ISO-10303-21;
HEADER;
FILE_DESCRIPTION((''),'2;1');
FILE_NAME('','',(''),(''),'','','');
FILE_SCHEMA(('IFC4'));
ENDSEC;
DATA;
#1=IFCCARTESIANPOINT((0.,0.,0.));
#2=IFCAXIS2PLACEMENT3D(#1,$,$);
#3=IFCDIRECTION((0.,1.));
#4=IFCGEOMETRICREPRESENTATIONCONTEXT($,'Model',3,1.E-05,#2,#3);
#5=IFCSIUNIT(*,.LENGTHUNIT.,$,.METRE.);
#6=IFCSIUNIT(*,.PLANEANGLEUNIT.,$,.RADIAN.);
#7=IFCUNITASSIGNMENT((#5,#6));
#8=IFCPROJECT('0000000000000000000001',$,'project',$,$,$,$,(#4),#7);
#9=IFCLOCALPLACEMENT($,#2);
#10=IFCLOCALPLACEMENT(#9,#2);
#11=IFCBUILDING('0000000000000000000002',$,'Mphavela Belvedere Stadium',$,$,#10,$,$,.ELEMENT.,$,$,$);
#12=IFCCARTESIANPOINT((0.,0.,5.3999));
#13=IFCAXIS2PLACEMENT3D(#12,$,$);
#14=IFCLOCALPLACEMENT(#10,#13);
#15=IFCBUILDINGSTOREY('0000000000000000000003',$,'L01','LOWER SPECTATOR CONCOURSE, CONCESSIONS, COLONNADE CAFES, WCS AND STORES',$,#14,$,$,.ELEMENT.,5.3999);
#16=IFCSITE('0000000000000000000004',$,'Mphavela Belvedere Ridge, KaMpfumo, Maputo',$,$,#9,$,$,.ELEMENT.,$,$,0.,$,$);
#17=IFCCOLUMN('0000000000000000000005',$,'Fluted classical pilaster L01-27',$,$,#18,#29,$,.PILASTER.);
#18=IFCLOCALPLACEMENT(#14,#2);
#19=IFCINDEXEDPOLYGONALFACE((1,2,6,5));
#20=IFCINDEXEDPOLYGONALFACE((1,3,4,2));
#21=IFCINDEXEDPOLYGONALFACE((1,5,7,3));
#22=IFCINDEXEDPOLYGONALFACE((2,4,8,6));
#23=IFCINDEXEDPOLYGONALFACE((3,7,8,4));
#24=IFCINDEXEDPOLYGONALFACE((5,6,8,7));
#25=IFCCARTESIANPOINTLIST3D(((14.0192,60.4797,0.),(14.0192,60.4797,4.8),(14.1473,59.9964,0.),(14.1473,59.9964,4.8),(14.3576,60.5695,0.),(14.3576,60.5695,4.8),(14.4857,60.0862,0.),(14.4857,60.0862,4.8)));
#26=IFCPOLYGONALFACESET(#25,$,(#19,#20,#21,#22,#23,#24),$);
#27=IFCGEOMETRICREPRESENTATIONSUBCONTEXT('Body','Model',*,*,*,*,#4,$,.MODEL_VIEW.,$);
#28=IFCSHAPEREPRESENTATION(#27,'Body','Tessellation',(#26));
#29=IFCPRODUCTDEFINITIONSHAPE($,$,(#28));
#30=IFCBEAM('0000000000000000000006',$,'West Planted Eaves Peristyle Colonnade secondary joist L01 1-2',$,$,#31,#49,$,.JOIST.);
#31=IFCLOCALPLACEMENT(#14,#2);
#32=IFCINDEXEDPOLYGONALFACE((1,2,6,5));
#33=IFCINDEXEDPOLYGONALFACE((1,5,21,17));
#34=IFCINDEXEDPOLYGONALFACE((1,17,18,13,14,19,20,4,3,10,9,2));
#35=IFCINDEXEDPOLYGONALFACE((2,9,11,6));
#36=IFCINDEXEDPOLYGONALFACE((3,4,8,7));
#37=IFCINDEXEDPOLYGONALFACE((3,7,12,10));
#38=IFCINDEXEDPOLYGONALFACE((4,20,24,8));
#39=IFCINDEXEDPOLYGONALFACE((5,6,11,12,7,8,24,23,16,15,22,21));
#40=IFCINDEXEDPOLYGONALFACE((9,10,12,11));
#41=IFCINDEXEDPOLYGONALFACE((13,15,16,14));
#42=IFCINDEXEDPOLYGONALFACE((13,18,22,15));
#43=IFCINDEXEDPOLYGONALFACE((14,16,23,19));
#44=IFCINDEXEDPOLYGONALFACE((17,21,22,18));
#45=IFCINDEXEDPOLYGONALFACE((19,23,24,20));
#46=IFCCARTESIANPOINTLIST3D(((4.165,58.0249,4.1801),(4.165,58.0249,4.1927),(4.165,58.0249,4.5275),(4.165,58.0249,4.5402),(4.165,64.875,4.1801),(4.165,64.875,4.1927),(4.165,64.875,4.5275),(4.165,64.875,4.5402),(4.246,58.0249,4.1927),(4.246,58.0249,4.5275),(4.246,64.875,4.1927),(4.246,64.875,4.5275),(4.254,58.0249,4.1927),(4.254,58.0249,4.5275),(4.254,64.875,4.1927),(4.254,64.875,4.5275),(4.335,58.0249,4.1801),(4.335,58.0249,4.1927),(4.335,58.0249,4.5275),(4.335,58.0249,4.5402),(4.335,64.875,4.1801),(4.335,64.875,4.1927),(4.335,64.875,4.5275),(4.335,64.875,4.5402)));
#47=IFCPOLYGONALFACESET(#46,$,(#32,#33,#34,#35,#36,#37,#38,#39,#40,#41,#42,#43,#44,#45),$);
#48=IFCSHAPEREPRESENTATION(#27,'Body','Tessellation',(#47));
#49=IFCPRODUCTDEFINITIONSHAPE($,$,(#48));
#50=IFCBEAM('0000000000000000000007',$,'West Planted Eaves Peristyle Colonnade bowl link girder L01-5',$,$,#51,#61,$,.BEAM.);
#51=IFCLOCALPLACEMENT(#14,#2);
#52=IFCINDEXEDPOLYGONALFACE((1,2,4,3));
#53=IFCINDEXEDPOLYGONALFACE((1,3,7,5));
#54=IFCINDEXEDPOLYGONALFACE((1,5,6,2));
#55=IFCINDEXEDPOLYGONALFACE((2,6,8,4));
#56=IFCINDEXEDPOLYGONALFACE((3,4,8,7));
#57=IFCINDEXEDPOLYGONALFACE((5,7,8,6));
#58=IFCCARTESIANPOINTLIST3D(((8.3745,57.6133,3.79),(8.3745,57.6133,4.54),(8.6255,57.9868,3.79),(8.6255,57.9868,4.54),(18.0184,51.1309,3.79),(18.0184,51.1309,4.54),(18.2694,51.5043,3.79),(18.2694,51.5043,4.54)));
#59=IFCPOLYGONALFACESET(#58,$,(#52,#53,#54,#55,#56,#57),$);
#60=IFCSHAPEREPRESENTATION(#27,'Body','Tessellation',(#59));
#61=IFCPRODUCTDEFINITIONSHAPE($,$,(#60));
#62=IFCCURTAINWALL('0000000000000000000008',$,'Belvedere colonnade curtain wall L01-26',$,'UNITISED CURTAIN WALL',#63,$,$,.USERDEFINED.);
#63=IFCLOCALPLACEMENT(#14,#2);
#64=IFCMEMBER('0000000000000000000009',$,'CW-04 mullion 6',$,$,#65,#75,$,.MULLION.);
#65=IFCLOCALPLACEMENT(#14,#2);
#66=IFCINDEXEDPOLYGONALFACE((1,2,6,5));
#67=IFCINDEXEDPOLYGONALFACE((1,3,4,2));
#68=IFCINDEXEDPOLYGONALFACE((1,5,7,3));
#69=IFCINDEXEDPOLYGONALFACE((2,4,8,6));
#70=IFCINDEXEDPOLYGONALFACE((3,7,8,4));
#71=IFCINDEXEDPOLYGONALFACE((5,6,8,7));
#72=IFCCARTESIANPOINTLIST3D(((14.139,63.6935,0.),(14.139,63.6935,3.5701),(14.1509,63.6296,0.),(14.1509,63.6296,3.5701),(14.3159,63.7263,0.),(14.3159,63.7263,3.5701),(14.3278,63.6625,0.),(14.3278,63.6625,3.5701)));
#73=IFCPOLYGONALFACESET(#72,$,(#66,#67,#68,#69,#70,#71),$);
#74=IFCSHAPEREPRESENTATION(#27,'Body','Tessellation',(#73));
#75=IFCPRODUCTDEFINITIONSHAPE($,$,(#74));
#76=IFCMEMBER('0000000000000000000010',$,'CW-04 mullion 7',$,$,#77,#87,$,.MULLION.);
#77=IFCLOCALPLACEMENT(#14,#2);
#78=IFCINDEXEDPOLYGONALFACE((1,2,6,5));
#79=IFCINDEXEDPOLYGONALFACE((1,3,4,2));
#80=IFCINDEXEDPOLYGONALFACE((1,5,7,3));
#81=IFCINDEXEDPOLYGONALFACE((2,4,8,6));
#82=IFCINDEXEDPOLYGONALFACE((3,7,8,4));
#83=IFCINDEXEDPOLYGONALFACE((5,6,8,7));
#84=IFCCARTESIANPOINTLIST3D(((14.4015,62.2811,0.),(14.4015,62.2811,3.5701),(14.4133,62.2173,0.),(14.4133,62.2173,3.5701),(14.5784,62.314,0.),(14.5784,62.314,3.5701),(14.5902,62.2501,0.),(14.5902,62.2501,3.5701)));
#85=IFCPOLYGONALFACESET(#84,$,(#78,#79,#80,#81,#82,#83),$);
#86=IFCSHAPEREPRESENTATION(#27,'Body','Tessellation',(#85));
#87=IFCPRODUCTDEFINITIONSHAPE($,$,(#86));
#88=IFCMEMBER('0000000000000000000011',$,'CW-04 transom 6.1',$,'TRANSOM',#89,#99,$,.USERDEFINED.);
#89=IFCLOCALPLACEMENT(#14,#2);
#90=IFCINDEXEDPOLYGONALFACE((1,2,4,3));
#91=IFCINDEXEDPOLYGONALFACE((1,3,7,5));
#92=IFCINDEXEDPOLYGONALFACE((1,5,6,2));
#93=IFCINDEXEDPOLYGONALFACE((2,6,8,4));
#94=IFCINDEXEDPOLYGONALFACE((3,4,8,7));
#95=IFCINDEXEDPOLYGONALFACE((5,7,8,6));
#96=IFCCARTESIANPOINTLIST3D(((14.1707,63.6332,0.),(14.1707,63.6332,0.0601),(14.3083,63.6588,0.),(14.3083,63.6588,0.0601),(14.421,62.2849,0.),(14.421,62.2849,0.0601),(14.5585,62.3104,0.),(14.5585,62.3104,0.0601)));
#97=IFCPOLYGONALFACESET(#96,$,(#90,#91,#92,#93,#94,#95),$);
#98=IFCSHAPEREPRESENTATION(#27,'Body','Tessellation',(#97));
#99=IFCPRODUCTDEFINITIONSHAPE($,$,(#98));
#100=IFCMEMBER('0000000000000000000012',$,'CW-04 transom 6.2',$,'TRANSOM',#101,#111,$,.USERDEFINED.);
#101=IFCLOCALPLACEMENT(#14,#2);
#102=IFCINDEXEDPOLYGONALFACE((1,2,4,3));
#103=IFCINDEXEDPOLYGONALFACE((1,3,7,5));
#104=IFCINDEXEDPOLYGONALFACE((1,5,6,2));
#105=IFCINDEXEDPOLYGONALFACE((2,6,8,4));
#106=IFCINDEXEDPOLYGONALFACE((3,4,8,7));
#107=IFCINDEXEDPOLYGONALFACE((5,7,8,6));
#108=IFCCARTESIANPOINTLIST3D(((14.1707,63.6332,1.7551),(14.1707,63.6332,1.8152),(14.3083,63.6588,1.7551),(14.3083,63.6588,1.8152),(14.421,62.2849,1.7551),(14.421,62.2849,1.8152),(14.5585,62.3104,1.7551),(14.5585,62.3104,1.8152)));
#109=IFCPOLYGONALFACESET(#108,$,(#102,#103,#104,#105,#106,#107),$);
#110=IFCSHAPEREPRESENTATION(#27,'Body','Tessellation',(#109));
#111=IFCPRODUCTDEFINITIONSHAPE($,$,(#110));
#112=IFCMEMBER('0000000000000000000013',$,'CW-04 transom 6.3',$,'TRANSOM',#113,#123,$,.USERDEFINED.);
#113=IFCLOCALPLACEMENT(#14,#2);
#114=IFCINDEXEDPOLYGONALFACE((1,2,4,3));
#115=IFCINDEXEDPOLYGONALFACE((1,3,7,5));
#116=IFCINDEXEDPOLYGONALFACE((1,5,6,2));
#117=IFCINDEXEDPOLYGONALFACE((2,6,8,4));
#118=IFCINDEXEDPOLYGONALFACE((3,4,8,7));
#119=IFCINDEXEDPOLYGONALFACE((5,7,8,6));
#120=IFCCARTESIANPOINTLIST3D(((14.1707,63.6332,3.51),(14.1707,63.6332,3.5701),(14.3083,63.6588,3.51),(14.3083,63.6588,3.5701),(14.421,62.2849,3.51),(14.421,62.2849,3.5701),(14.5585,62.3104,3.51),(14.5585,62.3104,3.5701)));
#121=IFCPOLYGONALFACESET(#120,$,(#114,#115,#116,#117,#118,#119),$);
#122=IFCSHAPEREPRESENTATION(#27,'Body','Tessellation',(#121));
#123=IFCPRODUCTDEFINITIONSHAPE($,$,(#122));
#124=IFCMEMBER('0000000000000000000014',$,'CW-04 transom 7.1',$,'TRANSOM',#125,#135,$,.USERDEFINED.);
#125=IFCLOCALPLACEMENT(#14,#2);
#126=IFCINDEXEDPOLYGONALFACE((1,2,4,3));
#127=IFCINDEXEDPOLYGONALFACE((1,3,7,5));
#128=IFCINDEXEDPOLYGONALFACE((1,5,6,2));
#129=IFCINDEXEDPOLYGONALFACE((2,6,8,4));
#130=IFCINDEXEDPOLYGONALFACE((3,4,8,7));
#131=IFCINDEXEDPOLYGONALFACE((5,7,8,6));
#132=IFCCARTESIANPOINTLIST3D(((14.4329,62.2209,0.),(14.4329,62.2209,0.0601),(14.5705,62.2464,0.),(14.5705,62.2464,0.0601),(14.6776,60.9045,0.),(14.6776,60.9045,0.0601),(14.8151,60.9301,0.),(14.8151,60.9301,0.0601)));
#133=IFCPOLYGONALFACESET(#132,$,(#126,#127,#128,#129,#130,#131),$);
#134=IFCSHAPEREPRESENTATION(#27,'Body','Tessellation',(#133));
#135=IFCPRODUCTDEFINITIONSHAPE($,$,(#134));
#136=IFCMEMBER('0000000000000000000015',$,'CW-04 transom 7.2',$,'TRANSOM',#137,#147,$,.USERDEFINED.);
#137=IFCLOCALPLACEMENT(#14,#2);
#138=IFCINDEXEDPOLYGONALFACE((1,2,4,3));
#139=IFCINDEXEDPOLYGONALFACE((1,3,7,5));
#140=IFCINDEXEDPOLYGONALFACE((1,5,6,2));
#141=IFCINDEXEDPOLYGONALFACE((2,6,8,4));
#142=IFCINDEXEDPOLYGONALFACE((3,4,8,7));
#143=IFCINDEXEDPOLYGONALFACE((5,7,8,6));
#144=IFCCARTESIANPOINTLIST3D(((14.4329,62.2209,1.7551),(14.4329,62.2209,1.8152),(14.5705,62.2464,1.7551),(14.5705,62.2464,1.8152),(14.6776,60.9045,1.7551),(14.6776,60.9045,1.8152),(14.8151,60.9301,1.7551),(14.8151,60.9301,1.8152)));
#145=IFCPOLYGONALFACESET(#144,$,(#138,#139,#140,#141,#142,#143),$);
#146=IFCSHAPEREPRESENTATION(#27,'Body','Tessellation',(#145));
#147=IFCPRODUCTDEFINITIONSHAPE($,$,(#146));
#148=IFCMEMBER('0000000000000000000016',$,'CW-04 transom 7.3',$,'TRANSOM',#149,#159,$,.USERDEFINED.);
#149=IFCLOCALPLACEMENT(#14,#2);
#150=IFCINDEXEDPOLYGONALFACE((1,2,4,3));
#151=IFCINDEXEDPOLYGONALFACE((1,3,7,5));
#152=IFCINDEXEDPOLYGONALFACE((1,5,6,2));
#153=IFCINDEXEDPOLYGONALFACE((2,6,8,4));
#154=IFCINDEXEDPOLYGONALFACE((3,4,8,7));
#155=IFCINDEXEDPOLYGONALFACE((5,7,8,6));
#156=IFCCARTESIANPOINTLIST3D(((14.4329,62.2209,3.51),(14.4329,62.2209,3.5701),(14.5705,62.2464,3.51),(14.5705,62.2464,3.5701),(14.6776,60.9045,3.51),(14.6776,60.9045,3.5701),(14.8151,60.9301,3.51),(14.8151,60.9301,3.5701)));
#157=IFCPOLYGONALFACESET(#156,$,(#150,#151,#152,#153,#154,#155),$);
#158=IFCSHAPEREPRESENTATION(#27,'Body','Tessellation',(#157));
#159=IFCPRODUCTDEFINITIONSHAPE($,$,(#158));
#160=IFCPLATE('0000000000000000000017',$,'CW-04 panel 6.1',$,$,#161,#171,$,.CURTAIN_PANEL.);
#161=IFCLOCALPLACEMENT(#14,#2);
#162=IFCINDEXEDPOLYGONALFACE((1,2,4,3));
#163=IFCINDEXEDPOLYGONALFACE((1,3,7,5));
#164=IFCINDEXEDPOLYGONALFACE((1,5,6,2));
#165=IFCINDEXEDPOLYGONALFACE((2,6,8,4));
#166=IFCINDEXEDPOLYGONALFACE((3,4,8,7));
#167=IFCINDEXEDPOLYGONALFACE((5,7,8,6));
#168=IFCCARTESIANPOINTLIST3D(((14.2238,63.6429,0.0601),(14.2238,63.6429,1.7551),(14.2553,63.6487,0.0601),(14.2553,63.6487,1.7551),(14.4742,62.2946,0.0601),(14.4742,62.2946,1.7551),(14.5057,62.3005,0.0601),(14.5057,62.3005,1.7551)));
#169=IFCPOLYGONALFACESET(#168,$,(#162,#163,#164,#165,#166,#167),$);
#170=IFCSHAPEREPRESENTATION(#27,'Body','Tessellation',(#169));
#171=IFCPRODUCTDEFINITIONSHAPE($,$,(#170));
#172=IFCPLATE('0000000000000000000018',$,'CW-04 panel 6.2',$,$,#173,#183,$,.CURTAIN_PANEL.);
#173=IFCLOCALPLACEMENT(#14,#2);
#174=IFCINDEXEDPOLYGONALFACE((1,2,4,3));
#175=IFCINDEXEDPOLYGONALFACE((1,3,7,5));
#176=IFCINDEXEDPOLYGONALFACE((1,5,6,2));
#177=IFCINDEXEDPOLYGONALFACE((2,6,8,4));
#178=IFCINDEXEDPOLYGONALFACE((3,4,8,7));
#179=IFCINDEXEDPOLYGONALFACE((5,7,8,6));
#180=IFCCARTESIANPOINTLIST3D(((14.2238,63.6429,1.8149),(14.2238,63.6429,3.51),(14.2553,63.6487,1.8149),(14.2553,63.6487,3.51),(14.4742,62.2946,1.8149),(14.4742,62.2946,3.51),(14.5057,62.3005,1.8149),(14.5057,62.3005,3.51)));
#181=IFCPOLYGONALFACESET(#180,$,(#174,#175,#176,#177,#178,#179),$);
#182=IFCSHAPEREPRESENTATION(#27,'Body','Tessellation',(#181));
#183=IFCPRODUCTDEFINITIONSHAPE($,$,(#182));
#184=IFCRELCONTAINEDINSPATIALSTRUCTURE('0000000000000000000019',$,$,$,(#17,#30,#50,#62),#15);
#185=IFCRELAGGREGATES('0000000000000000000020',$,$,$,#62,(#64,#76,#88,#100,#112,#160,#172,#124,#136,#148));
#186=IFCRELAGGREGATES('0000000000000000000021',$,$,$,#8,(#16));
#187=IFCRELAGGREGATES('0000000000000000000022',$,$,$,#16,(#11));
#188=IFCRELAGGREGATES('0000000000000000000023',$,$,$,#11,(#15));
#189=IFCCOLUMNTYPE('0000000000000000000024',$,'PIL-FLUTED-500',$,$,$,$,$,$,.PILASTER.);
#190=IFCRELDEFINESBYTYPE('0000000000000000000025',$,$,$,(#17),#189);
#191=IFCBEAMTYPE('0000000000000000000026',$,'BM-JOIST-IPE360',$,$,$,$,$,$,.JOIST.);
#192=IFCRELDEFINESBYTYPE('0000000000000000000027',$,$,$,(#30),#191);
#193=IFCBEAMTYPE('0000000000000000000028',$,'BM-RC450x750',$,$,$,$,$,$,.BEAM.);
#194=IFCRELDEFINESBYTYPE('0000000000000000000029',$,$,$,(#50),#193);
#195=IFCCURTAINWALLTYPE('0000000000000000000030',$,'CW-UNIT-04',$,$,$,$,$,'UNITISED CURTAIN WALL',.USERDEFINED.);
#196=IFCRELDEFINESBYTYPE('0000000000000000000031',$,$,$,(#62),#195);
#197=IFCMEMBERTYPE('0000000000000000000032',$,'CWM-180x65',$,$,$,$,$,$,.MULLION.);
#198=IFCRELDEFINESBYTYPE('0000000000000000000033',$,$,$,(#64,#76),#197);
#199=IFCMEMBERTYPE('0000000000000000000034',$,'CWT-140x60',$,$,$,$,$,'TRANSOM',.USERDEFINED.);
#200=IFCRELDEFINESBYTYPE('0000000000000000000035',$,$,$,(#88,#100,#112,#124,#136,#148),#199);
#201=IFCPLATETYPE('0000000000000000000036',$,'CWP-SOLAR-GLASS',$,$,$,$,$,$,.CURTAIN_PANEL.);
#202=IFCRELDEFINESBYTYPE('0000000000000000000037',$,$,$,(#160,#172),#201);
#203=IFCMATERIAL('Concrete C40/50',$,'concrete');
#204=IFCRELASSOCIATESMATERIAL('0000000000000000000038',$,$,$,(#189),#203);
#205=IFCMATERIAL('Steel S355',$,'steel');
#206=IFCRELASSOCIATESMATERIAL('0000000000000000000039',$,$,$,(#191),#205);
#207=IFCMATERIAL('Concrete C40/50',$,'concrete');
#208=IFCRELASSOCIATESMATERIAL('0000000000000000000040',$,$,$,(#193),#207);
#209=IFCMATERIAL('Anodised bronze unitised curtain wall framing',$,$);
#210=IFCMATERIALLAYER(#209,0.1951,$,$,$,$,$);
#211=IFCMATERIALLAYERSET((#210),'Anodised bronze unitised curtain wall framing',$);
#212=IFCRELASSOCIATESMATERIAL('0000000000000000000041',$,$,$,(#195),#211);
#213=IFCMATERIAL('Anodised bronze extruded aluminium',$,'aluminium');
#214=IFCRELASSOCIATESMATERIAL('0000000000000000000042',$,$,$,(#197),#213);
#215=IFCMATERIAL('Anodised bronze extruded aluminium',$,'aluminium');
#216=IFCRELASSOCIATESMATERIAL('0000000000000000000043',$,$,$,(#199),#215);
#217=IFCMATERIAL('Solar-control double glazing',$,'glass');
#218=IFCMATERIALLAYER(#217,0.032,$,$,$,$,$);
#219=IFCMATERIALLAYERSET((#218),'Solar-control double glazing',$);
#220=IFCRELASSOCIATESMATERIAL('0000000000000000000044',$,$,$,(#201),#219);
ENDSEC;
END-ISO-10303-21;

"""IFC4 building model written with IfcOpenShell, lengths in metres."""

from ifc_helpers import new_model, si_unit, direction, frame, origin, origin_2d, place, context, subcontext, project, spatial, rectangle, i_section, extrude, material, layer, layer_set, material_profile, profile_set, type_object, element, aggregate, save


model = new_model("IFC4")

# Units and contexts
model_context = context("Model", 3, precision=1e-05, world=origin(), true_north=direction((0.0, 1.0)))
body_context = subcontext(model_context, "Body", "Model", "MODEL_VIEW")
ifc_project = project(units=[si_unit("LENGTHUNIT", "METRE"), si_unit("PLANEANGLEUNIT", "RADIAN")], contexts=[model_context])

# Site, building, storey
site_placement = place(None, origin())
site = spatial("IfcSite", under=ifc_project, at=site_placement, Name="Mphavela Belvedere Ridge, KaMpfumo, Maputo", CompositionType="ELEMENT", RefElevation=0.0)
building_placement = place(site_placement, origin())
building = spatial("IfcBuilding", under=site, at=building_placement, Name="Mphavela Belvedere Stadium", CompositionType="ELEMENT")
storey_placement = place(building_placement, frame((0.0, 0.0, 5.3999)))
storey = spatial("IfcBuildingStorey", under=building, at=storey_placement, Name="L01", Description="LOWER SPECTATOR CONCOURSE, CONCESSIONS, COLONNADE CAFES, WCS AND STORES", CompositionType="ELEMENT", Elevation=5.3999)

# Column
ifc_material_1 = material(Name="Concrete C40/50", Category="concrete")
ifc_material_profile_1 = material_profile(ifc_material_1, rectangle(XDim=0.5, YDim=0.3501, at=origin_2d()), Name="PIL 500x350")
ifc_profile_set_1 = profile_set([ifc_material_profile_1], Name="Concrete C40/50")
column_type = type_object("IfcColumnType", Name="PIL-FLUTED-500", PredefinedType="PILASTER", material=ifc_profile_set_1)
column_placement = place(storey_placement, frame((14.2524, 60.283, 0.0), z_axis=(0.0, 0.0, 1.0), x_axis=(0.256289, -0.9666, 0.0)))
element("IfcColumn", 1, at=column_placement, inside=storey, type_object=column_type, Name="Fluted classical pilaster L01-27", PredefinedType="PILASTER", context=body_context, shape_type="SweptSolid", body=[
    extrude(rectangle(XDim=0.5, YDim=0.3501, at=origin_2d()), origin(), (0.0, 0.0, 1.0), 4.8),
])

# Beams
ifc_material_2 = material(Name="Steel S355", Category="steel")
ifc_material_profile_2 = material_profile(ifc_material_2, i_section(OverallWidth=0.1699, OverallDepth=0.3601, WebThickness=0.0081, FlangeThickness=0.0127, at=origin_2d()), Name="IPE 360")
ifc_profile_set_2 = profile_set([ifc_material_profile_2], Name="Steel S355")
beam_type_1 = type_object("IfcBeamType", Name="BM-JOIST-IPE360", PredefinedType="JOIST", material=ifc_profile_set_2)
beam_1_placement = place(storey_placement, frame((4.25, 58.0249, 4.3601), z_axis=(0.0, 1.0, 0.0), x_axis=(-1.0, 0.0, 0.0)))
element("IfcBeam", 2, at=beam_1_placement, inside=storey, type_object=beam_type_1, Name="West Planted Eaves Peristyle Colonnade secondary joist L01 1-2", PredefinedType="JOIST", context=body_context, shape_type="SweptSolid", body=[
    extrude(i_section(OverallWidth=0.1699, OverallDepth=0.3601, WebThickness=0.0081, FlangeThickness=0.0127, at=origin_2d()), origin(), (0.0, 0.0, 1.0), 6.8501),
])
ifc_material_3 = material(Name="Concrete C40/50", Category="concrete")
ifc_material_profile_3 = material_profile(ifc_material_3, rectangle(XDim=0.45, YDim=0.75, at=origin_2d()), Name="RC 450x750")
ifc_profile_set_3 = profile_set([ifc_material_profile_3], Name="Concrete C40/50")
beam_type_2 = type_object("IfcBeamType", Name="BM-RC450x750", PredefinedType="BEAM", material=ifc_profile_set_3)
beam_2_placement = place(storey_placement, frame((8.5, 57.8, 4.165), z_axis=(0.82993, -0.557867, 0.0), x_axis=(0.557867, 0.82993, 0.0)))
element("IfcBeam", 3, at=beam_2_placement, inside=storey, type_object=beam_type_2, Name="West Planted Eaves Peristyle Colonnade bowl link girder L01-5", PredefinedType="BEAM", context=body_context, shape_type="SweptSolid", body=[
    extrude(rectangle(XDim=0.45, YDim=0.75, at=origin_2d()), origin(), (0.0, 0.0, 1.0), 11.6201),
])

# Curtain wall, members, plates
ifc_material_4 = material(Name="Anodised bronze unitised curtain wall framing")
ifc_layer_1 = layer(ifc_material_4, 0.1951)
ifc_layer_set_1 = layer_set([ifc_layer_1], Name="Anodised bronze unitised curtain wall framing")
curtain_wall_type = type_object("IfcCurtainWallType", Name="CW-UNIT-04", ElementType="UNITISED CURTAIN WALL", PredefinedType="USERDEFINED", material=ifc_layer_set_1)
curtain_wall_placement = place(storey_placement, origin())
curtain_wall = element("IfcCurtainWall", 4, at=curtain_wall_placement, inside=storey, type_object=curtain_wall_type, Name="Belvedere colonnade curtain wall L01-26", ObjectType="UNITISED CURTAIN WALL", PredefinedType="USERDEFINED")
ifc_material_5 = material(Name="Anodised bronze extruded aluminium", Category="aluminium")
ifc_material_profile_4 = material_profile(ifc_material_5, rectangle(XDim=0.1799, YDim=0.0649, at=origin_2d()), Name="CW-MUL 180x65")
ifc_profile_set_4 = profile_set([ifc_material_profile_4], Name="Anodised bronze extruded aluminium")
member_type_1 = type_object("IfcMemberType", Name="CWM-180x65", PredefinedType="MULLION", material=ifc_profile_set_4)
member_1_placement = place(storey_placement, frame((14.2334, 63.678, 0.0), z_axis=(0.0, 0.0, 1.0), x_axis=(0.983184, 0.18262, 0.0)))
member_1 = element("IfcMember", 5, at=member_1_placement, type_object=member_type_1, Name="CW-04 mullion 6", PredefinedType="MULLION", context=body_context, shape_type="SweptSolid", body=[
    extrude(rectangle(XDim=0.1799, YDim=0.0649, at=origin_2d()), origin(), (0.0, 0.0, 1.0), 3.5701),
])
member_2_placement = place(storey_placement, frame((14.4958, 62.2656, 0.0), z_axis=(0.0, 0.0, 1.0), x_axis=(0.983184, 0.18262, 0.0)))
member_2 = element("IfcMember", 6, at=member_2_placement, type_object=member_type_1, Name="CW-04 mullion 7", PredefinedType="MULLION", context=body_context, shape_type="SweptSolid", body=[
    extrude(rectangle(XDim=0.1799, YDim=0.0649, at=origin_2d()), origin(), (0.0, 0.0, 1.0), 3.5701),
])
ifc_material_6 = material(Name="Anodised bronze extruded aluminium", Category="aluminium")
ifc_material_profile_5 = material_profile(ifc_material_6, rectangle(XDim=0.1399, YDim=0.0601, at=origin_2d()), Name="CW-TRN 140x60")
ifc_profile_set_5 = profile_set([ifc_material_profile_5], Name="Anodised bronze extruded aluminium")
member_type_2 = type_object("IfcMemberType", Name="CWT-140x60", ElementType="TRANSOM", PredefinedType="USERDEFINED", material=ifc_profile_set_5)
member_3_placement = place(storey_placement, frame((14.2395, 63.646, 0.03), z_axis=(0.182472, -0.983211, 0.0), x_axis=(0.983211, 0.182472, 0.0)))
member_3 = element("IfcMember", 7, at=member_3_placement, type_object=member_type_2, Name="CW-04 transom 6.1", ObjectType="TRANSOM", PredefinedType="USERDEFINED", context=body_context, shape_type="SweptSolid", body=[
    extrude(rectangle(XDim=0.1399, YDim=0.0601, at=origin_2d()), origin(), (0.0, 0.0, 1.0), 1.3713),
])
member_4_placement = place(storey_placement, frame((14.2395, 63.646, 1.7852), z_axis=(0.182472, -0.983211, 0.0), x_axis=(0.983211, 0.182472, 0.0)))
member_4 = element("IfcMember", 8, at=member_4_placement, type_object=member_type_2, Name="CW-04 transom 6.2", ObjectType="TRANSOM", PredefinedType="USERDEFINED", context=body_context, shape_type="SweptSolid", body=[
    extrude(rectangle(XDim=0.1399, YDim=0.0601, at=origin_2d()), origin(), (0.0, 0.0, 1.0), 1.3713),
])
member_5_placement = place(storey_placement, frame((14.2395, 63.646, 3.54), z_axis=(0.182472, -0.983211, 0.0), x_axis=(0.983211, 0.182472, 0.0)))
member_5 = element("IfcMember", 9, at=member_5_placement, type_object=member_type_2, Name="CW-04 transom 6.3", ObjectType="TRANSOM", PredefinedType="USERDEFINED", context=body_context, shape_type="SweptSolid", body=[
    extrude(rectangle(XDim=0.1399, YDim=0.0601, at=origin_2d()), origin(), (0.0, 0.0, 1.0), 1.3713),
])
member_6_placement = place(storey_placement, frame((14.5017, 62.2336, 0.03), z_axis=(0.182703, -0.983168, 0.0), x_axis=(0.983168, 0.182703, 0.0)))
member_6 = element("IfcMember", 10, at=member_6_placement, type_object=member_type_2, Name="CW-04 transom 7.1", ObjectType="TRANSOM", PredefinedType="USERDEFINED", context=body_context, shape_type="SweptSolid", body=[
    extrude(rectangle(XDim=0.1399, YDim=0.0601, at=origin_2d()), origin(), (0.0, 0.0, 1.0), 1.3389),
])
member_7_placement = place(storey_placement, frame((14.5017, 62.2336, 1.7852), z_axis=(0.182703, -0.983168, 0.0), x_axis=(0.983168, 0.182703, 0.0)))
member_7 = element("IfcMember", 11, at=member_7_placement, type_object=member_type_2, Name="CW-04 transom 7.2", ObjectType="TRANSOM", PredefinedType="USERDEFINED", context=body_context, shape_type="SweptSolid", body=[
    extrude(rectangle(XDim=0.1399, YDim=0.0601, at=origin_2d()), origin(), (0.0, 0.0, 1.0), 1.3389),
])
member_8_placement = place(storey_placement, frame((14.5017, 62.2336, 3.54), z_axis=(0.182703, -0.983168, 0.0), x_axis=(0.983168, 0.182703, 0.0)))
member_8 = element("IfcMember", 12, at=member_8_placement, type_object=member_type_2, Name="CW-04 transom 7.3", ObjectType="TRANSOM", PredefinedType="USERDEFINED", context=body_context, shape_type="SweptSolid", body=[
    extrude(rectangle(XDim=0.1399, YDim=0.0601, at=origin_2d()), origin(), (0.0, 0.0, 1.0), 1.3389),
])
ifc_material_7 = material(Name="Solar-control double glazing", Category="glass")
ifc_layer_2 = layer(ifc_material_7, 0.032)
ifc_layer_set_2 = layer_set([ifc_layer_2], Name="Solar-control double glazing")
plate_type = type_object("IfcPlateType", Name="CWP-SOLAR-GLASS", PredefinedType="CURTAIN_PANEL", material=ifc_layer_set_2)
plate_1_placement = place(storey_placement, frame((14.3647, 62.9717, 0.0601), z_axis=(0.0, 0.0, 1.0), x_axis=(0.18262, -0.983184, 0.0)))
plate_1 = element("IfcPlate", 13, at=plate_1_placement, type_object=plate_type, Name="CW-04 panel 6.1", PredefinedType="CURTAIN_PANEL", context=body_context, shape_type="SweptSolid", body=[
    extrude(rectangle(XDim=1.3713, YDim=0.032, at=origin_2d()), origin(), (0.0, 0.0, 1.0), 1.6951),
])
plate_2_placement = place(storey_placement, frame((14.3647, 62.9717, 1.8149), z_axis=(0.0, 0.0, 1.0), x_axis=(0.18262, -0.983184, 0.0)))
plate_2 = element("IfcPlate", 14, at=plate_2_placement, type_object=plate_type, Name="CW-04 panel 6.2", PredefinedType="CURTAIN_PANEL", context=body_context, shape_type="SweptSolid", body=[
    extrude(rectangle(XDim=1.3713, YDim=0.032, at=origin_2d()), origin(), (0.0, 0.0, 1.0), 1.6951),
])
aggregate(curtain_wall, [member_1, member_2, member_3, member_4, member_5, plate_1, plate_2, member_6, member_7, member_8])

save(model, "model.ifc")
